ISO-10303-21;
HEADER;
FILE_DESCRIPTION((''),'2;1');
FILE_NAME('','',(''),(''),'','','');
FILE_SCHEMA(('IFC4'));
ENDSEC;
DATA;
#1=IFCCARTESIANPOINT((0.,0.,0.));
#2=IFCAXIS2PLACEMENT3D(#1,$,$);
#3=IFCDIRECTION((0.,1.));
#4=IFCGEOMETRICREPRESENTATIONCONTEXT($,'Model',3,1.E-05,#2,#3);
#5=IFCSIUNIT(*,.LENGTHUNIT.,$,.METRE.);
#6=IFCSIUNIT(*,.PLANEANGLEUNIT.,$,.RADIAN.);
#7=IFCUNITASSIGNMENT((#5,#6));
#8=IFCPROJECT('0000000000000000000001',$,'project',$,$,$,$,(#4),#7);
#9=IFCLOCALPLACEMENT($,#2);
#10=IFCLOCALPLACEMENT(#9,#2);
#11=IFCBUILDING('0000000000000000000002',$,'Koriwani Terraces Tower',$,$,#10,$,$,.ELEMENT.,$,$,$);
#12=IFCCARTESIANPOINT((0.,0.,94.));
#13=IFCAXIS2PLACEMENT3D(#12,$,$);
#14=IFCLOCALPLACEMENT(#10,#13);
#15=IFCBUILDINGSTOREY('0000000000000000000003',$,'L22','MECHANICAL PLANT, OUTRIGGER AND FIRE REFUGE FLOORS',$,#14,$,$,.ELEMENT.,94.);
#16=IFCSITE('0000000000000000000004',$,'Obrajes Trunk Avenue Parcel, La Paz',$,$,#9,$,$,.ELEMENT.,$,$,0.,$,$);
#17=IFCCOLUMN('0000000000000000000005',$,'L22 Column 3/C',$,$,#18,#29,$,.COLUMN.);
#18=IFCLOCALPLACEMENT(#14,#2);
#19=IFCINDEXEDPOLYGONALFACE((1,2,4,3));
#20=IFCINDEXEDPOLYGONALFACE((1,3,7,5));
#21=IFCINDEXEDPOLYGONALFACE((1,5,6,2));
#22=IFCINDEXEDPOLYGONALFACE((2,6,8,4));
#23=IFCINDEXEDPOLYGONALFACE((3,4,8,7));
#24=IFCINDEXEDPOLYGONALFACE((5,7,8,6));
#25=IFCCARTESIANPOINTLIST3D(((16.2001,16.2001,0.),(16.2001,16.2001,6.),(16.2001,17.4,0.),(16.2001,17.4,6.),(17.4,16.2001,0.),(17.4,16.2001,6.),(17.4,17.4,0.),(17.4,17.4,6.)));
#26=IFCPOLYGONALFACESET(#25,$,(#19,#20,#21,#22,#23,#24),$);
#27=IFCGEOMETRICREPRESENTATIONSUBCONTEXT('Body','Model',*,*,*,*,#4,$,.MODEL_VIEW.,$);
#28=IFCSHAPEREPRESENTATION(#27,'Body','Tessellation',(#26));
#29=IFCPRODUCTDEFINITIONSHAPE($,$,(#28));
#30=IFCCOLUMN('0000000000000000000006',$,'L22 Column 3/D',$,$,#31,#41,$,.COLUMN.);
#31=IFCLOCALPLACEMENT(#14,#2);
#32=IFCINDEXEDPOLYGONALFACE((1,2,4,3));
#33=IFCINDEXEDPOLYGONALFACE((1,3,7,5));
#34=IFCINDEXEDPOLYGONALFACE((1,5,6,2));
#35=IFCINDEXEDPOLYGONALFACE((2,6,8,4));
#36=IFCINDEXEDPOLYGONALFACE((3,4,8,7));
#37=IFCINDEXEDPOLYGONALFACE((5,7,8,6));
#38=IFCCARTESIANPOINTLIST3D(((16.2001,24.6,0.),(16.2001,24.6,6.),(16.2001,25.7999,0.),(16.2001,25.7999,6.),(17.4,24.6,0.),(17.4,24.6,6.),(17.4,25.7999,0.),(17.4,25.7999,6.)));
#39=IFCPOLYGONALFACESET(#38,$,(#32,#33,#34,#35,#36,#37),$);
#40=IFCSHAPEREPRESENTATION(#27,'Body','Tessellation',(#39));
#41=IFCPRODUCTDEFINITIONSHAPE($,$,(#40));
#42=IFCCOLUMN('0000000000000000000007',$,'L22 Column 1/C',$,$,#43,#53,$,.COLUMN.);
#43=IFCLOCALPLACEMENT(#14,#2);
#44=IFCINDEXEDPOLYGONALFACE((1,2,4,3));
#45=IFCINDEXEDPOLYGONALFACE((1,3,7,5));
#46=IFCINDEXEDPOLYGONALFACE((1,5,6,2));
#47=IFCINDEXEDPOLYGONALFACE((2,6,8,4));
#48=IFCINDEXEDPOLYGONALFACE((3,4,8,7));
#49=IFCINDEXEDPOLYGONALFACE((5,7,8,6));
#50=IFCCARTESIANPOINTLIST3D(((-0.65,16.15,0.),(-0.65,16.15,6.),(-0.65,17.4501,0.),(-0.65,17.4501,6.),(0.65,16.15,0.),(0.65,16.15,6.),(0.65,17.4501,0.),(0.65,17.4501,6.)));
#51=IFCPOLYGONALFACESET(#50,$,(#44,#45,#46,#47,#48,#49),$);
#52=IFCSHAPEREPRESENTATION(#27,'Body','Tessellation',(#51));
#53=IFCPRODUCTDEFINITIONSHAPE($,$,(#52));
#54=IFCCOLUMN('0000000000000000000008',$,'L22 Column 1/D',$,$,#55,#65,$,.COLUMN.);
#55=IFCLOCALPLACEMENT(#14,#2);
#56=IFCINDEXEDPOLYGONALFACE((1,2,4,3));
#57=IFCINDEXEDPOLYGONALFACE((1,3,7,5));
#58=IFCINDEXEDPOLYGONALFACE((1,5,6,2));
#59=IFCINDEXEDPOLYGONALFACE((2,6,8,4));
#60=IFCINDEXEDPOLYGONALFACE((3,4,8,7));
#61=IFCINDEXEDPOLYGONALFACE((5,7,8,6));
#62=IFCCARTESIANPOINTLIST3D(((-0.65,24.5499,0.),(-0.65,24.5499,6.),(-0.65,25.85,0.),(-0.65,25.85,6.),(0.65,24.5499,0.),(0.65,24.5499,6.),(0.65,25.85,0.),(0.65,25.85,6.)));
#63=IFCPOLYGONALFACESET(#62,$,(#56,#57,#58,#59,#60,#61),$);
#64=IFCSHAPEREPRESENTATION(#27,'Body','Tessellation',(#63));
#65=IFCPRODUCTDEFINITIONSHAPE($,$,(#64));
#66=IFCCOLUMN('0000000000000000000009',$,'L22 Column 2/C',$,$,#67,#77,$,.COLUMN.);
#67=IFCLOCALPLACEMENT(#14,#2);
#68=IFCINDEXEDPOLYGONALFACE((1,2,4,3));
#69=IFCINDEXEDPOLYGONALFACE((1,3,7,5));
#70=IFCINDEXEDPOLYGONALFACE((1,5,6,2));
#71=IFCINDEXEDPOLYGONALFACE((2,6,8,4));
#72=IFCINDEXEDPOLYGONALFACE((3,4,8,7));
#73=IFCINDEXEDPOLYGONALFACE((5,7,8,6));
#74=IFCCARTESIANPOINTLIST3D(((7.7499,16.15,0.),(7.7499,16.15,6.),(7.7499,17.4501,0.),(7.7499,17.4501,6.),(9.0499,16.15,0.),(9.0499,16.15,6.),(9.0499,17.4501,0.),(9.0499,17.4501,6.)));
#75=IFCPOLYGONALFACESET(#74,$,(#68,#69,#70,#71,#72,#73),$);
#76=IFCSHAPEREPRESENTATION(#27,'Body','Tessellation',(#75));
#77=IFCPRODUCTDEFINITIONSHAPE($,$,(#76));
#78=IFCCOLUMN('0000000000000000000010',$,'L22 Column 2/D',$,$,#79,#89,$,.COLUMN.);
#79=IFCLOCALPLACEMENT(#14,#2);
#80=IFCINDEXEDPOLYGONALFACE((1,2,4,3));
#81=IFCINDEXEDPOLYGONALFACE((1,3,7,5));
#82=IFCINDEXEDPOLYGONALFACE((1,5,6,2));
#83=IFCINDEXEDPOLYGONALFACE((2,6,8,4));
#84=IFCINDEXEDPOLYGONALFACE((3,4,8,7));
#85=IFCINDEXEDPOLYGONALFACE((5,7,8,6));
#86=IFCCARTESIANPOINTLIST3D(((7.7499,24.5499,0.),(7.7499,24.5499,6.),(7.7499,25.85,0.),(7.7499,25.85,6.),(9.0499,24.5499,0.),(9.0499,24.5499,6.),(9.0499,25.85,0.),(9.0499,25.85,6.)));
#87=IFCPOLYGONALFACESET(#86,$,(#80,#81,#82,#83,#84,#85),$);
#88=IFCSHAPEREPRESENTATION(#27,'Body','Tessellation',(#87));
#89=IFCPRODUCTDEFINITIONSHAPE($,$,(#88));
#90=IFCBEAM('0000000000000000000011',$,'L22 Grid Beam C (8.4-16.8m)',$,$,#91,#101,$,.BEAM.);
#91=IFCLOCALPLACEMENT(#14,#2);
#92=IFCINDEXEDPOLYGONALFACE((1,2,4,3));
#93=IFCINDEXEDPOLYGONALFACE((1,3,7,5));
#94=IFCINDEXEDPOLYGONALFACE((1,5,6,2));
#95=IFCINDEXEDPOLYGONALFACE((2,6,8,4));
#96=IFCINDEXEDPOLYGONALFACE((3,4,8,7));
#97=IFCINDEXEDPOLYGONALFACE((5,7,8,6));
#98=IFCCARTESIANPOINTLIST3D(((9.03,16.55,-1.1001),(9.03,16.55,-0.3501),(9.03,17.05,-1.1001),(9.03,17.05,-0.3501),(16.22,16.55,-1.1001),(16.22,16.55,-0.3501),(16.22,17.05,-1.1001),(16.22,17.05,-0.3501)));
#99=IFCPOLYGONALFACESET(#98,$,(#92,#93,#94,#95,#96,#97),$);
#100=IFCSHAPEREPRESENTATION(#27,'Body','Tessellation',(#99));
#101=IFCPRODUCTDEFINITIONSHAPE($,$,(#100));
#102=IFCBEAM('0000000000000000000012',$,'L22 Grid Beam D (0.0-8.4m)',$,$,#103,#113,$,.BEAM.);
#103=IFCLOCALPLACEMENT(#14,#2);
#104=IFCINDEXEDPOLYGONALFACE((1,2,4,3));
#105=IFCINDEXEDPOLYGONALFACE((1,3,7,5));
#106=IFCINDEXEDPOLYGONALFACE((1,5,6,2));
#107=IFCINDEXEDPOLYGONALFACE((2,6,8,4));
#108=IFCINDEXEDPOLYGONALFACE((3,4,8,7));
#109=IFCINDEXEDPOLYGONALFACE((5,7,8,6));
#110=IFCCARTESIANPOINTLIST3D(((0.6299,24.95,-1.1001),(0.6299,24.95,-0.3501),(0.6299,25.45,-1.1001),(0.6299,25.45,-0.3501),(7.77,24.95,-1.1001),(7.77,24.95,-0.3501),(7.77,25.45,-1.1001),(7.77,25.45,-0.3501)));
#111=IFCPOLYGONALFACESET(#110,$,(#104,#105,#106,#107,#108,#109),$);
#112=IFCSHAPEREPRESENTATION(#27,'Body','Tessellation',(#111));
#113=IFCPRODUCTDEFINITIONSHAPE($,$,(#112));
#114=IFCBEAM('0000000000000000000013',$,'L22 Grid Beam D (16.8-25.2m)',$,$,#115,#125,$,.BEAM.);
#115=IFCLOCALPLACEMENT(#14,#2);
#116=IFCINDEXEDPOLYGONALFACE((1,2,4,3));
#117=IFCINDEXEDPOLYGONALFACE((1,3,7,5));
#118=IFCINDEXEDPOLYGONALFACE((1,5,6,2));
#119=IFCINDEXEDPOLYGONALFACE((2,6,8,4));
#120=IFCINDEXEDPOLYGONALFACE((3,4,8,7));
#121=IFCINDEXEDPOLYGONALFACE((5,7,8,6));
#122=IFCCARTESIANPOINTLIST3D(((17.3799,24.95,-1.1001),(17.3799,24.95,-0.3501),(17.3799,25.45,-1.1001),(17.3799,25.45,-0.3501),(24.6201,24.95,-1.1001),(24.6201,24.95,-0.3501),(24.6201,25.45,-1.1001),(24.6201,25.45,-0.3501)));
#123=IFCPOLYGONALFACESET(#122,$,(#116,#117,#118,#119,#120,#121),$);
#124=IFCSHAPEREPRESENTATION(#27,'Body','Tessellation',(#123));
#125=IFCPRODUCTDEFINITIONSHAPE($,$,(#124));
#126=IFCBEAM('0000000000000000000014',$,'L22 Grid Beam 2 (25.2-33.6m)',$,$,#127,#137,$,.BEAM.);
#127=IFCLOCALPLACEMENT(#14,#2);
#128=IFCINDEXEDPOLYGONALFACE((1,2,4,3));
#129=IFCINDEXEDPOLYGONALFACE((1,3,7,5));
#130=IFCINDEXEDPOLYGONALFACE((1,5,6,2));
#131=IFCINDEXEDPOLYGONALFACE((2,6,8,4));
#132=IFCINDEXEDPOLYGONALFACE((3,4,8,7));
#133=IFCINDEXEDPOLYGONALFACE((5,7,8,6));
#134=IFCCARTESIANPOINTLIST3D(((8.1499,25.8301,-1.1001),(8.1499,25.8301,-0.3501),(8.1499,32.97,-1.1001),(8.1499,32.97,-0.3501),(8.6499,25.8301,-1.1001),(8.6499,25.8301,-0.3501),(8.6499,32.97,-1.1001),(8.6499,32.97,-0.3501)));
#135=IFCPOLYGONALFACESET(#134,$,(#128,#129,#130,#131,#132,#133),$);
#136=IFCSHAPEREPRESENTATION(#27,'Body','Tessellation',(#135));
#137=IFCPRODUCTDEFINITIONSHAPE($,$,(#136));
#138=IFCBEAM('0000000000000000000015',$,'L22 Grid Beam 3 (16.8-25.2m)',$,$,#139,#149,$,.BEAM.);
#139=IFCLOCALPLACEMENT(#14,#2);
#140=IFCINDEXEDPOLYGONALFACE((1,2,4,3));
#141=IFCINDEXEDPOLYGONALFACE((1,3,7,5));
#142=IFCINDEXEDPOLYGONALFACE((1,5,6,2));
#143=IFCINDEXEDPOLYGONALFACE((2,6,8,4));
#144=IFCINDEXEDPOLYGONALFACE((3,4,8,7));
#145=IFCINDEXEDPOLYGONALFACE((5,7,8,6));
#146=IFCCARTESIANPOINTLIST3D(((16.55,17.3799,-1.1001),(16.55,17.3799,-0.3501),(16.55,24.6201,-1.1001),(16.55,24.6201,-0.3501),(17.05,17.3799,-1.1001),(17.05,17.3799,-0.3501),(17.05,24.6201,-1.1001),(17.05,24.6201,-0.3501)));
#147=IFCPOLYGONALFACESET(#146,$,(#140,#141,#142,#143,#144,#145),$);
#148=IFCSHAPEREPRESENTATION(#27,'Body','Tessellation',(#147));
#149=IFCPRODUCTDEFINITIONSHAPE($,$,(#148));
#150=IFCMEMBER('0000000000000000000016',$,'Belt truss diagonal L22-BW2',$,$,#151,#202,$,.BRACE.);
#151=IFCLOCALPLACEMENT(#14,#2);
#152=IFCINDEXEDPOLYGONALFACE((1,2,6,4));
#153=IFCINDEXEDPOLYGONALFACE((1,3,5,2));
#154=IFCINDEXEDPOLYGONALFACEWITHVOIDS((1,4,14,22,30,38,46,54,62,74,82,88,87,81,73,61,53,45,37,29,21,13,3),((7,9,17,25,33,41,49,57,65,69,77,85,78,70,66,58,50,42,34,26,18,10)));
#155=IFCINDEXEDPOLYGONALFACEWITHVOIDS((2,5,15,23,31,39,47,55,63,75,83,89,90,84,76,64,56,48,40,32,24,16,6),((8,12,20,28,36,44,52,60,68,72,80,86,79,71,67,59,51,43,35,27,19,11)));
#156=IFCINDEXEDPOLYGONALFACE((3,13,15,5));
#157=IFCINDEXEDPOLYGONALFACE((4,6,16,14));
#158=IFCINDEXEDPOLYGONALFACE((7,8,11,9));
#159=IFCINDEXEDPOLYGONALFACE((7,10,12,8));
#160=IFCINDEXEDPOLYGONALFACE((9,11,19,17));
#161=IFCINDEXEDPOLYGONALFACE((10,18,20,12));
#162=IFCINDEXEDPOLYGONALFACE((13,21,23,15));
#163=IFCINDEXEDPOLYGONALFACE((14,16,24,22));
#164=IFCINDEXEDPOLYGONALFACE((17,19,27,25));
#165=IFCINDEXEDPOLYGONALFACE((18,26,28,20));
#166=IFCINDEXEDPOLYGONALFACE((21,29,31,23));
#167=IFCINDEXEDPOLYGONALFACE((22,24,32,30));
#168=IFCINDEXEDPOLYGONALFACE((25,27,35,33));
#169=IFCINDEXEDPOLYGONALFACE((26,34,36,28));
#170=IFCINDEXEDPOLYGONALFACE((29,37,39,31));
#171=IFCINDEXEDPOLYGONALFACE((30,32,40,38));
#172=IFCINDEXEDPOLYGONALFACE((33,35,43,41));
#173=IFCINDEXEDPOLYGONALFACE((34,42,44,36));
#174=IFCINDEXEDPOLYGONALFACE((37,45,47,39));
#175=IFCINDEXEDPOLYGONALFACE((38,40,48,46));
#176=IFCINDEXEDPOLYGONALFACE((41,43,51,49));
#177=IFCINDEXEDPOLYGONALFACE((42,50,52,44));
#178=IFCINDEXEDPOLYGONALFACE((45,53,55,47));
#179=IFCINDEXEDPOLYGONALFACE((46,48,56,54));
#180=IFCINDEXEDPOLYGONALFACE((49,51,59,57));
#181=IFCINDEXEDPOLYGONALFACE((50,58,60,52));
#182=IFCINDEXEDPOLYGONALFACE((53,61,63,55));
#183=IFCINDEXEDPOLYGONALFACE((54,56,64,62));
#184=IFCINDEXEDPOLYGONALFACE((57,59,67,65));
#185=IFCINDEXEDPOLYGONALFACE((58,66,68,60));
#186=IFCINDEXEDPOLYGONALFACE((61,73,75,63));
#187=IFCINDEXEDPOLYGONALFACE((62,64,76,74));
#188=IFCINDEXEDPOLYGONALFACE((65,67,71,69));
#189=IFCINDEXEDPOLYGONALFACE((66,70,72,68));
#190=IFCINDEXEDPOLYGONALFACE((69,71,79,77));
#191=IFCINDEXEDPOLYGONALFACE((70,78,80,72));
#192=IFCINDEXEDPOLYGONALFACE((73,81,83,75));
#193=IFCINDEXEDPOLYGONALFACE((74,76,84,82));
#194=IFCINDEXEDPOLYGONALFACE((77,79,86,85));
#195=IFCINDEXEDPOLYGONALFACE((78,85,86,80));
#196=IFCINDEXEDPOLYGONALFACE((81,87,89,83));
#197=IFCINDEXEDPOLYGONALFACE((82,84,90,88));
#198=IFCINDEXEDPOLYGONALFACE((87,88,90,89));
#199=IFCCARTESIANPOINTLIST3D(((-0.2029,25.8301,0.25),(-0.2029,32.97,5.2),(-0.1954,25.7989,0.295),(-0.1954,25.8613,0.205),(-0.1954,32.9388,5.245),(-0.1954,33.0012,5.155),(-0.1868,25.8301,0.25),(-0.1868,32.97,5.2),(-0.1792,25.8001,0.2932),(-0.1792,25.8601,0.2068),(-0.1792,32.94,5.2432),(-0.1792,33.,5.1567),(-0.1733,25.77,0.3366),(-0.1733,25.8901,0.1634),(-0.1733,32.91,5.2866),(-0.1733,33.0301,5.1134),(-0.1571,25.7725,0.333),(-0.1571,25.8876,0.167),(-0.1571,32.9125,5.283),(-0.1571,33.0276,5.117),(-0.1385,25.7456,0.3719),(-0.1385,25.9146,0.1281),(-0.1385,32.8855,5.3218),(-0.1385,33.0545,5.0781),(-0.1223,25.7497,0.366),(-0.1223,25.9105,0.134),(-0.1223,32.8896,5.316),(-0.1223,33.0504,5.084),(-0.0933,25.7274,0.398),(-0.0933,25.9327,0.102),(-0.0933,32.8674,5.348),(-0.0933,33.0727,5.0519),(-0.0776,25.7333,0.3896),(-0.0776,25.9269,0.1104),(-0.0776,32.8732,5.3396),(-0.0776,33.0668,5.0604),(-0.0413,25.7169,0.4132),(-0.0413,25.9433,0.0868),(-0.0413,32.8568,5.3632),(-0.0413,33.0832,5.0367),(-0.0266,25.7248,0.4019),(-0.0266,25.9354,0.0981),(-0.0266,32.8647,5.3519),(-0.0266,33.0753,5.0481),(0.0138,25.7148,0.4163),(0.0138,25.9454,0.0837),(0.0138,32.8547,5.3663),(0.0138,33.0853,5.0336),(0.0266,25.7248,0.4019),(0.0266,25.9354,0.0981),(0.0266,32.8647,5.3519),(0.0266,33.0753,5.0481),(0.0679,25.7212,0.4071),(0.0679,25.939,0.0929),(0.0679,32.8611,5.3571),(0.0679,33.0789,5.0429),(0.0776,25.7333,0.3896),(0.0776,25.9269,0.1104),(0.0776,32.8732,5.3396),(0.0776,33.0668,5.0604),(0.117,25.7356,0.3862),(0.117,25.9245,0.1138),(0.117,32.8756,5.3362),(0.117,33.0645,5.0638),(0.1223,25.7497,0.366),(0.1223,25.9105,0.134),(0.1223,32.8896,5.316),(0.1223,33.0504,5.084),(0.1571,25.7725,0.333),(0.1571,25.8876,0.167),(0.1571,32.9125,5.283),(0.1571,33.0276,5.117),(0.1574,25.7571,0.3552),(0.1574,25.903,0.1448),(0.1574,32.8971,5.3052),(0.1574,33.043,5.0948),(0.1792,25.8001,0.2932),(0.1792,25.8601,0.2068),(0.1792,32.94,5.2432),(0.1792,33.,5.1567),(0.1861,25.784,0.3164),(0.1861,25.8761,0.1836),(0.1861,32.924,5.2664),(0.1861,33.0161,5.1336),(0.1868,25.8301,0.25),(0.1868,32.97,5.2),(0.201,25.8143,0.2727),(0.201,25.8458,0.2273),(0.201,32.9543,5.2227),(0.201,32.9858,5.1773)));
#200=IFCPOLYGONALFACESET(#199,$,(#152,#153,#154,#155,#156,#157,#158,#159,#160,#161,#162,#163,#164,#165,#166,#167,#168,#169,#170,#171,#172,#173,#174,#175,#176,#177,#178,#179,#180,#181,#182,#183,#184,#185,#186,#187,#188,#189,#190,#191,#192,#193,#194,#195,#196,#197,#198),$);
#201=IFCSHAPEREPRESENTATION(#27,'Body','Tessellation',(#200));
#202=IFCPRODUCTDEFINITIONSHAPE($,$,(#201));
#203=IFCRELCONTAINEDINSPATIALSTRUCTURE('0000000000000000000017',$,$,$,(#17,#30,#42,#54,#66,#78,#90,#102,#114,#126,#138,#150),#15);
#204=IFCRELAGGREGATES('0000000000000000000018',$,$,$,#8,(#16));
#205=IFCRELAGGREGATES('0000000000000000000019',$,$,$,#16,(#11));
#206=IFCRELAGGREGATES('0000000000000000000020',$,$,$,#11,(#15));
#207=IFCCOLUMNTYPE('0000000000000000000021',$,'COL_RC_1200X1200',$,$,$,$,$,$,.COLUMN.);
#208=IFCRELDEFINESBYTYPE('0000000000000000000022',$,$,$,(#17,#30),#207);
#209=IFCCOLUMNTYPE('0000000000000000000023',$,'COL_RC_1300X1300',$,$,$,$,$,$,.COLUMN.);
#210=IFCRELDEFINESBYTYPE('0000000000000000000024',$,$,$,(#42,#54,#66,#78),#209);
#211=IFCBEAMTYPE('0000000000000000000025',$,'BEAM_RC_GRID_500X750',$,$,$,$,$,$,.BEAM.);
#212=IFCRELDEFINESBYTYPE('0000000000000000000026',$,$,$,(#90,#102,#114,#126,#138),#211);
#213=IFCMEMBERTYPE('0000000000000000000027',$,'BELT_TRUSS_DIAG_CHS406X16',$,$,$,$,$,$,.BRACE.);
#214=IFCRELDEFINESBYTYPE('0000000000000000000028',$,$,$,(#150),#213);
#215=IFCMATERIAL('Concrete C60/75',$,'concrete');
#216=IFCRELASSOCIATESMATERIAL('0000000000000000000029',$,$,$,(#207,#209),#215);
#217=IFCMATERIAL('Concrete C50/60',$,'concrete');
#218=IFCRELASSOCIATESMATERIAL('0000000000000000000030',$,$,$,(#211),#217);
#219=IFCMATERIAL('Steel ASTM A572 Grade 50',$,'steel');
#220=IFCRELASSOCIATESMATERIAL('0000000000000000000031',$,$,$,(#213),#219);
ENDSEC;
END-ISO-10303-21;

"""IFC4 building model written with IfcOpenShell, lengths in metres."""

from ifc_helpers import new_model, si_unit, direction, frame, origin, origin_2d, place, context, subcontext, project, spatial, rectangle, hollow_circle, extrude, material, material_profile, profile_set, type_object, element, save


model = new_model("IFC4")

# Units and contexts
model_context = context("Model", 3, precision=1e-05, world=origin(), true_north=direction((0.0, 1.0)))
body_context = subcontext(model_context, "Body", "Model", "MODEL_VIEW")
ifc_project = project(units=[si_unit("LENGTHUNIT", "METRE"), si_unit("PLANEANGLEUNIT", "RADIAN")], contexts=[model_context])

# Site, building, storey
site_placement = place(None, origin())
site = spatial("IfcSite", under=ifc_project, at=site_placement, Name="Obrajes Trunk Avenue Parcel, La Paz", CompositionType="ELEMENT", RefElevation=0.0)
building_placement = place(site_placement, origin())
building = spatial("IfcBuilding", under=site, at=building_placement, Name="Koriwani Terraces Tower", CompositionType="ELEMENT")
storey_placement = place(building_placement, frame((0.0, 0.0, 94.0)))
storey = spatial("IfcBuildingStorey", under=building, at=storey_placement, Name="L22", Description="MECHANICAL PLANT, OUTRIGGER AND FIRE REFUGE FLOORS", CompositionType="ELEMENT", Elevation=94.0)

# Columns
ifc_material_1 = material(Name="Concrete C60/75", Category="concrete")
ifc_material_profile_1 = material_profile(ifc_material_1, rectangle(XDim=1.2, YDim=1.2, at=origin_2d()), Name="Concrete C60/75", Category="LoadBearing")
ifc_profile_set_1 = profile_set([ifc_material_profile_1], Name="Concrete C60/75")
column_type_1 = type_object("IfcColumnType", Name="COL_RC_1200X1200", PredefinedType="COLUMN", material=ifc_profile_set_1)
for number, where, z_axis, x_axis, name in (
    (1, (16.8, 16.8, 0.0), (0.0, 0.0, 1.0), (1.0, 0.0, 0.0), "L22 Column 3/C"),
    (2, (16.8, 25.2, 0.0), (0.0, 0.0, 1.0), (1.0, 0.0, 0.0), "L22 Column 3/D"),
):
    element("IfcColumn", number, at=place(storey_placement, frame(where, z_axis=z_axis, x_axis=x_axis)), inside=storey, type_object=column_type_1, Name=name, PredefinedType="COLUMN", context=body_context, shape_type="SweptSolid", body=[
        extrude(rectangle(XDim=1.2, YDim=1.2, at=origin_2d()), origin(), (0.0, 0.0, 1.0), 6.0),
    ])
ifc_material_profile_2 = material_profile(ifc_material_1, rectangle(XDim=1.3, YDim=1.3, at=origin_2d()), Name="Concrete C60/75", Category="LoadBearing")
ifc_profile_set_2 = profile_set([ifc_material_profile_2], Name="Concrete C60/75")
column_type_2 = type_object("IfcColumnType", Name="COL_RC_1300X1300", PredefinedType="COLUMN", material=ifc_profile_set_2)
for number, where, z_axis, x_axis, name in (
    (3, (0.0, 16.8, 0.0), (0.0, 0.0, 1.0), (1.0, 0.0, 0.0), "L22 Column 1/C"),
    (4, (0.0, 25.2, 0.0), (0.0, 0.0, 1.0), (1.0, 0.0, 0.0), "L22 Column 1/D"),
    (5, (8.3999, 16.8, 0.0), (0.0, 0.0, 1.0), (1.0, 0.0, 0.0), "L22 Column 2/C"),
    (6, (8.3999, 25.2, 0.0), (0.0, 0.0, 1.0), (1.0, 0.0, 0.0), "L22 Column 2/D"),
):
    element("IfcColumn", number, at=place(storey_placement, frame(where, z_axis=z_axis, x_axis=x_axis)), inside=storey, type_object=column_type_2, Name=name, PredefinedType="COLUMN", context=body_context, shape_type="SweptSolid", body=[
        extrude(rectangle(XDim=1.3, YDim=1.3, at=origin_2d()), origin(), (0.0, 0.0, 1.0), 6.0),
    ])

# Beams
ifc_material_2 = material(Name="Concrete C50/60", Category="concrete")
ifc_material_profile_3 = material_profile(ifc_material_2, rectangle(XDim=0.5, YDim=0.75, at=origin_2d()), Name="Concrete C50/60", Category="LoadBearing")
ifc_profile_set_3 = profile_set([ifc_material_profile_3], Name="Concrete C50/60")
beam_type_1 = type_object("IfcBeamType", Name="BEAM_RC_GRID_500X750", PredefinedType="BEAM", material=ifc_profile_set_3)
beam_1_placement = place(storey_placement, frame((9.03, 16.8, -0.7251), z_axis=(1.0, 0.0, 0.0), x_axis=(0.0, 1.0, 0.0)))
element("IfcBeam", 7, at=beam_1_placement, inside=storey, type_object=beam_type_1, Name="L22 Grid Beam C (8.4-16.8m)", PredefinedType="BEAM", context=body_context, shape_type="SweptSolid", body=[
    extrude(rectangle(XDim=0.5, YDim=0.75, at=origin_2d()), origin(), (0.0, 0.0, 1.0), 7.1899),
])
beam_2_placement = place(storey_placement, frame((0.6299, 25.2, -0.7251), z_axis=(1.0, 0.0, 0.0), x_axis=(0.0, 1.0, 0.0)))
element("IfcBeam", 8, at=beam_2_placement, inside=storey, type_object=beam_type_1, Name="L22 Grid Beam D (0.0-8.4m)", PredefinedType="BEAM", context=body_context, shape_type="SweptSolid", body=[
    extrude(rectangle(XDim=0.5, YDim=0.75, at=origin_2d()), origin(), (0.0, 0.0, 1.0), 7.1401),
])
beam_3_placement = place(storey_placement, frame((17.3799, 25.2, -0.7251), z_axis=(1.0, 0.0, 0.0), x_axis=(0.0, 1.0, 0.0)))
element("IfcBeam", 9, at=beam_3_placement, inside=storey, type_object=beam_type_1, Name="L22 Grid Beam D (16.8-25.2m)", PredefinedType="BEAM", context=body_context, shape_type="SweptSolid", body=[
    extrude(rectangle(XDim=0.5, YDim=0.75, at=origin_2d()), origin(), (0.0, 0.0, 1.0), 7.2402),
])
beam_4_placement = place(storey_placement, frame((8.3999, 25.8301, -0.7251), z_axis=(0.0, 1.0, 0.0), x_axis=(-1.0, 0.0, 0.0)))
element("IfcBeam", 10, at=beam_4_placement, inside=storey, type_object=beam_type_1, Name="L22 Grid Beam 2 (25.2-33.6m)", PredefinedType="BEAM", context=body_context, shape_type="SweptSolid", body=[
    extrude(rectangle(XDim=0.5, YDim=0.75, at=origin_2d()), origin(), (0.0, 0.0, 1.0), 7.1399),
])
beam_5_placement = place(storey_placement, frame((16.8, 17.3799, -0.7251), z_axis=(0.0, 1.0, 0.0), x_axis=(-1.0, 0.0, 0.0)))
element("IfcBeam", 11, at=beam_5_placement, inside=storey, type_object=beam_type_1, Name="L22 Grid Beam 3 (16.8-25.2m)", PredefinedType="BEAM", context=body_context, shape_type="SweptSolid", body=[
    extrude(rectangle(XDim=0.5, YDim=0.75, at=origin_2d()), origin(), (0.0, 0.0, 1.0), 7.2402),
])

# Member
ifc_material_3 = material(Name="Steel ASTM A572 Grade 50", Category="steel")
ifc_material_profile_4 = material_profile(ifc_material_3, hollow_circle(Radius=0.2029, WallThickness=0.0161, at=origin_2d()), Name="Steel ASTM A572 Grade 50", Category="LoadBearing")
ifc_profile_set_4 = profile_set([ifc_material_profile_4], Name="Steel ASTM A572 Grade 50")
member_type = type_object("IfcMemberType", Name="BELT_TRUSS_DIAG_CHS406X16", PredefinedType="BRACE", material=ifc_profile_set_4)
member_placement = place(storey_placement, frame((0.0, 25.8301, 0.25), z_axis=(0.0, 0.821818, 0.569751), x_axis=(-1.0, 0.0, 0.0)))
element("IfcMember", 12, at=member_placement, inside=storey, type_object=member_type, Name="Belt truss diagonal L22-BW2", PredefinedType="BRACE", context=body_context, shape_type="SweptSolid", body=[
    extrude(hollow_circle(Radius=0.2029, WallThickness=0.0161, at=origin_2d()), origin(), (0.0, 0.0, 1.0), 8.688),
])

save(model, "model.ifc")
